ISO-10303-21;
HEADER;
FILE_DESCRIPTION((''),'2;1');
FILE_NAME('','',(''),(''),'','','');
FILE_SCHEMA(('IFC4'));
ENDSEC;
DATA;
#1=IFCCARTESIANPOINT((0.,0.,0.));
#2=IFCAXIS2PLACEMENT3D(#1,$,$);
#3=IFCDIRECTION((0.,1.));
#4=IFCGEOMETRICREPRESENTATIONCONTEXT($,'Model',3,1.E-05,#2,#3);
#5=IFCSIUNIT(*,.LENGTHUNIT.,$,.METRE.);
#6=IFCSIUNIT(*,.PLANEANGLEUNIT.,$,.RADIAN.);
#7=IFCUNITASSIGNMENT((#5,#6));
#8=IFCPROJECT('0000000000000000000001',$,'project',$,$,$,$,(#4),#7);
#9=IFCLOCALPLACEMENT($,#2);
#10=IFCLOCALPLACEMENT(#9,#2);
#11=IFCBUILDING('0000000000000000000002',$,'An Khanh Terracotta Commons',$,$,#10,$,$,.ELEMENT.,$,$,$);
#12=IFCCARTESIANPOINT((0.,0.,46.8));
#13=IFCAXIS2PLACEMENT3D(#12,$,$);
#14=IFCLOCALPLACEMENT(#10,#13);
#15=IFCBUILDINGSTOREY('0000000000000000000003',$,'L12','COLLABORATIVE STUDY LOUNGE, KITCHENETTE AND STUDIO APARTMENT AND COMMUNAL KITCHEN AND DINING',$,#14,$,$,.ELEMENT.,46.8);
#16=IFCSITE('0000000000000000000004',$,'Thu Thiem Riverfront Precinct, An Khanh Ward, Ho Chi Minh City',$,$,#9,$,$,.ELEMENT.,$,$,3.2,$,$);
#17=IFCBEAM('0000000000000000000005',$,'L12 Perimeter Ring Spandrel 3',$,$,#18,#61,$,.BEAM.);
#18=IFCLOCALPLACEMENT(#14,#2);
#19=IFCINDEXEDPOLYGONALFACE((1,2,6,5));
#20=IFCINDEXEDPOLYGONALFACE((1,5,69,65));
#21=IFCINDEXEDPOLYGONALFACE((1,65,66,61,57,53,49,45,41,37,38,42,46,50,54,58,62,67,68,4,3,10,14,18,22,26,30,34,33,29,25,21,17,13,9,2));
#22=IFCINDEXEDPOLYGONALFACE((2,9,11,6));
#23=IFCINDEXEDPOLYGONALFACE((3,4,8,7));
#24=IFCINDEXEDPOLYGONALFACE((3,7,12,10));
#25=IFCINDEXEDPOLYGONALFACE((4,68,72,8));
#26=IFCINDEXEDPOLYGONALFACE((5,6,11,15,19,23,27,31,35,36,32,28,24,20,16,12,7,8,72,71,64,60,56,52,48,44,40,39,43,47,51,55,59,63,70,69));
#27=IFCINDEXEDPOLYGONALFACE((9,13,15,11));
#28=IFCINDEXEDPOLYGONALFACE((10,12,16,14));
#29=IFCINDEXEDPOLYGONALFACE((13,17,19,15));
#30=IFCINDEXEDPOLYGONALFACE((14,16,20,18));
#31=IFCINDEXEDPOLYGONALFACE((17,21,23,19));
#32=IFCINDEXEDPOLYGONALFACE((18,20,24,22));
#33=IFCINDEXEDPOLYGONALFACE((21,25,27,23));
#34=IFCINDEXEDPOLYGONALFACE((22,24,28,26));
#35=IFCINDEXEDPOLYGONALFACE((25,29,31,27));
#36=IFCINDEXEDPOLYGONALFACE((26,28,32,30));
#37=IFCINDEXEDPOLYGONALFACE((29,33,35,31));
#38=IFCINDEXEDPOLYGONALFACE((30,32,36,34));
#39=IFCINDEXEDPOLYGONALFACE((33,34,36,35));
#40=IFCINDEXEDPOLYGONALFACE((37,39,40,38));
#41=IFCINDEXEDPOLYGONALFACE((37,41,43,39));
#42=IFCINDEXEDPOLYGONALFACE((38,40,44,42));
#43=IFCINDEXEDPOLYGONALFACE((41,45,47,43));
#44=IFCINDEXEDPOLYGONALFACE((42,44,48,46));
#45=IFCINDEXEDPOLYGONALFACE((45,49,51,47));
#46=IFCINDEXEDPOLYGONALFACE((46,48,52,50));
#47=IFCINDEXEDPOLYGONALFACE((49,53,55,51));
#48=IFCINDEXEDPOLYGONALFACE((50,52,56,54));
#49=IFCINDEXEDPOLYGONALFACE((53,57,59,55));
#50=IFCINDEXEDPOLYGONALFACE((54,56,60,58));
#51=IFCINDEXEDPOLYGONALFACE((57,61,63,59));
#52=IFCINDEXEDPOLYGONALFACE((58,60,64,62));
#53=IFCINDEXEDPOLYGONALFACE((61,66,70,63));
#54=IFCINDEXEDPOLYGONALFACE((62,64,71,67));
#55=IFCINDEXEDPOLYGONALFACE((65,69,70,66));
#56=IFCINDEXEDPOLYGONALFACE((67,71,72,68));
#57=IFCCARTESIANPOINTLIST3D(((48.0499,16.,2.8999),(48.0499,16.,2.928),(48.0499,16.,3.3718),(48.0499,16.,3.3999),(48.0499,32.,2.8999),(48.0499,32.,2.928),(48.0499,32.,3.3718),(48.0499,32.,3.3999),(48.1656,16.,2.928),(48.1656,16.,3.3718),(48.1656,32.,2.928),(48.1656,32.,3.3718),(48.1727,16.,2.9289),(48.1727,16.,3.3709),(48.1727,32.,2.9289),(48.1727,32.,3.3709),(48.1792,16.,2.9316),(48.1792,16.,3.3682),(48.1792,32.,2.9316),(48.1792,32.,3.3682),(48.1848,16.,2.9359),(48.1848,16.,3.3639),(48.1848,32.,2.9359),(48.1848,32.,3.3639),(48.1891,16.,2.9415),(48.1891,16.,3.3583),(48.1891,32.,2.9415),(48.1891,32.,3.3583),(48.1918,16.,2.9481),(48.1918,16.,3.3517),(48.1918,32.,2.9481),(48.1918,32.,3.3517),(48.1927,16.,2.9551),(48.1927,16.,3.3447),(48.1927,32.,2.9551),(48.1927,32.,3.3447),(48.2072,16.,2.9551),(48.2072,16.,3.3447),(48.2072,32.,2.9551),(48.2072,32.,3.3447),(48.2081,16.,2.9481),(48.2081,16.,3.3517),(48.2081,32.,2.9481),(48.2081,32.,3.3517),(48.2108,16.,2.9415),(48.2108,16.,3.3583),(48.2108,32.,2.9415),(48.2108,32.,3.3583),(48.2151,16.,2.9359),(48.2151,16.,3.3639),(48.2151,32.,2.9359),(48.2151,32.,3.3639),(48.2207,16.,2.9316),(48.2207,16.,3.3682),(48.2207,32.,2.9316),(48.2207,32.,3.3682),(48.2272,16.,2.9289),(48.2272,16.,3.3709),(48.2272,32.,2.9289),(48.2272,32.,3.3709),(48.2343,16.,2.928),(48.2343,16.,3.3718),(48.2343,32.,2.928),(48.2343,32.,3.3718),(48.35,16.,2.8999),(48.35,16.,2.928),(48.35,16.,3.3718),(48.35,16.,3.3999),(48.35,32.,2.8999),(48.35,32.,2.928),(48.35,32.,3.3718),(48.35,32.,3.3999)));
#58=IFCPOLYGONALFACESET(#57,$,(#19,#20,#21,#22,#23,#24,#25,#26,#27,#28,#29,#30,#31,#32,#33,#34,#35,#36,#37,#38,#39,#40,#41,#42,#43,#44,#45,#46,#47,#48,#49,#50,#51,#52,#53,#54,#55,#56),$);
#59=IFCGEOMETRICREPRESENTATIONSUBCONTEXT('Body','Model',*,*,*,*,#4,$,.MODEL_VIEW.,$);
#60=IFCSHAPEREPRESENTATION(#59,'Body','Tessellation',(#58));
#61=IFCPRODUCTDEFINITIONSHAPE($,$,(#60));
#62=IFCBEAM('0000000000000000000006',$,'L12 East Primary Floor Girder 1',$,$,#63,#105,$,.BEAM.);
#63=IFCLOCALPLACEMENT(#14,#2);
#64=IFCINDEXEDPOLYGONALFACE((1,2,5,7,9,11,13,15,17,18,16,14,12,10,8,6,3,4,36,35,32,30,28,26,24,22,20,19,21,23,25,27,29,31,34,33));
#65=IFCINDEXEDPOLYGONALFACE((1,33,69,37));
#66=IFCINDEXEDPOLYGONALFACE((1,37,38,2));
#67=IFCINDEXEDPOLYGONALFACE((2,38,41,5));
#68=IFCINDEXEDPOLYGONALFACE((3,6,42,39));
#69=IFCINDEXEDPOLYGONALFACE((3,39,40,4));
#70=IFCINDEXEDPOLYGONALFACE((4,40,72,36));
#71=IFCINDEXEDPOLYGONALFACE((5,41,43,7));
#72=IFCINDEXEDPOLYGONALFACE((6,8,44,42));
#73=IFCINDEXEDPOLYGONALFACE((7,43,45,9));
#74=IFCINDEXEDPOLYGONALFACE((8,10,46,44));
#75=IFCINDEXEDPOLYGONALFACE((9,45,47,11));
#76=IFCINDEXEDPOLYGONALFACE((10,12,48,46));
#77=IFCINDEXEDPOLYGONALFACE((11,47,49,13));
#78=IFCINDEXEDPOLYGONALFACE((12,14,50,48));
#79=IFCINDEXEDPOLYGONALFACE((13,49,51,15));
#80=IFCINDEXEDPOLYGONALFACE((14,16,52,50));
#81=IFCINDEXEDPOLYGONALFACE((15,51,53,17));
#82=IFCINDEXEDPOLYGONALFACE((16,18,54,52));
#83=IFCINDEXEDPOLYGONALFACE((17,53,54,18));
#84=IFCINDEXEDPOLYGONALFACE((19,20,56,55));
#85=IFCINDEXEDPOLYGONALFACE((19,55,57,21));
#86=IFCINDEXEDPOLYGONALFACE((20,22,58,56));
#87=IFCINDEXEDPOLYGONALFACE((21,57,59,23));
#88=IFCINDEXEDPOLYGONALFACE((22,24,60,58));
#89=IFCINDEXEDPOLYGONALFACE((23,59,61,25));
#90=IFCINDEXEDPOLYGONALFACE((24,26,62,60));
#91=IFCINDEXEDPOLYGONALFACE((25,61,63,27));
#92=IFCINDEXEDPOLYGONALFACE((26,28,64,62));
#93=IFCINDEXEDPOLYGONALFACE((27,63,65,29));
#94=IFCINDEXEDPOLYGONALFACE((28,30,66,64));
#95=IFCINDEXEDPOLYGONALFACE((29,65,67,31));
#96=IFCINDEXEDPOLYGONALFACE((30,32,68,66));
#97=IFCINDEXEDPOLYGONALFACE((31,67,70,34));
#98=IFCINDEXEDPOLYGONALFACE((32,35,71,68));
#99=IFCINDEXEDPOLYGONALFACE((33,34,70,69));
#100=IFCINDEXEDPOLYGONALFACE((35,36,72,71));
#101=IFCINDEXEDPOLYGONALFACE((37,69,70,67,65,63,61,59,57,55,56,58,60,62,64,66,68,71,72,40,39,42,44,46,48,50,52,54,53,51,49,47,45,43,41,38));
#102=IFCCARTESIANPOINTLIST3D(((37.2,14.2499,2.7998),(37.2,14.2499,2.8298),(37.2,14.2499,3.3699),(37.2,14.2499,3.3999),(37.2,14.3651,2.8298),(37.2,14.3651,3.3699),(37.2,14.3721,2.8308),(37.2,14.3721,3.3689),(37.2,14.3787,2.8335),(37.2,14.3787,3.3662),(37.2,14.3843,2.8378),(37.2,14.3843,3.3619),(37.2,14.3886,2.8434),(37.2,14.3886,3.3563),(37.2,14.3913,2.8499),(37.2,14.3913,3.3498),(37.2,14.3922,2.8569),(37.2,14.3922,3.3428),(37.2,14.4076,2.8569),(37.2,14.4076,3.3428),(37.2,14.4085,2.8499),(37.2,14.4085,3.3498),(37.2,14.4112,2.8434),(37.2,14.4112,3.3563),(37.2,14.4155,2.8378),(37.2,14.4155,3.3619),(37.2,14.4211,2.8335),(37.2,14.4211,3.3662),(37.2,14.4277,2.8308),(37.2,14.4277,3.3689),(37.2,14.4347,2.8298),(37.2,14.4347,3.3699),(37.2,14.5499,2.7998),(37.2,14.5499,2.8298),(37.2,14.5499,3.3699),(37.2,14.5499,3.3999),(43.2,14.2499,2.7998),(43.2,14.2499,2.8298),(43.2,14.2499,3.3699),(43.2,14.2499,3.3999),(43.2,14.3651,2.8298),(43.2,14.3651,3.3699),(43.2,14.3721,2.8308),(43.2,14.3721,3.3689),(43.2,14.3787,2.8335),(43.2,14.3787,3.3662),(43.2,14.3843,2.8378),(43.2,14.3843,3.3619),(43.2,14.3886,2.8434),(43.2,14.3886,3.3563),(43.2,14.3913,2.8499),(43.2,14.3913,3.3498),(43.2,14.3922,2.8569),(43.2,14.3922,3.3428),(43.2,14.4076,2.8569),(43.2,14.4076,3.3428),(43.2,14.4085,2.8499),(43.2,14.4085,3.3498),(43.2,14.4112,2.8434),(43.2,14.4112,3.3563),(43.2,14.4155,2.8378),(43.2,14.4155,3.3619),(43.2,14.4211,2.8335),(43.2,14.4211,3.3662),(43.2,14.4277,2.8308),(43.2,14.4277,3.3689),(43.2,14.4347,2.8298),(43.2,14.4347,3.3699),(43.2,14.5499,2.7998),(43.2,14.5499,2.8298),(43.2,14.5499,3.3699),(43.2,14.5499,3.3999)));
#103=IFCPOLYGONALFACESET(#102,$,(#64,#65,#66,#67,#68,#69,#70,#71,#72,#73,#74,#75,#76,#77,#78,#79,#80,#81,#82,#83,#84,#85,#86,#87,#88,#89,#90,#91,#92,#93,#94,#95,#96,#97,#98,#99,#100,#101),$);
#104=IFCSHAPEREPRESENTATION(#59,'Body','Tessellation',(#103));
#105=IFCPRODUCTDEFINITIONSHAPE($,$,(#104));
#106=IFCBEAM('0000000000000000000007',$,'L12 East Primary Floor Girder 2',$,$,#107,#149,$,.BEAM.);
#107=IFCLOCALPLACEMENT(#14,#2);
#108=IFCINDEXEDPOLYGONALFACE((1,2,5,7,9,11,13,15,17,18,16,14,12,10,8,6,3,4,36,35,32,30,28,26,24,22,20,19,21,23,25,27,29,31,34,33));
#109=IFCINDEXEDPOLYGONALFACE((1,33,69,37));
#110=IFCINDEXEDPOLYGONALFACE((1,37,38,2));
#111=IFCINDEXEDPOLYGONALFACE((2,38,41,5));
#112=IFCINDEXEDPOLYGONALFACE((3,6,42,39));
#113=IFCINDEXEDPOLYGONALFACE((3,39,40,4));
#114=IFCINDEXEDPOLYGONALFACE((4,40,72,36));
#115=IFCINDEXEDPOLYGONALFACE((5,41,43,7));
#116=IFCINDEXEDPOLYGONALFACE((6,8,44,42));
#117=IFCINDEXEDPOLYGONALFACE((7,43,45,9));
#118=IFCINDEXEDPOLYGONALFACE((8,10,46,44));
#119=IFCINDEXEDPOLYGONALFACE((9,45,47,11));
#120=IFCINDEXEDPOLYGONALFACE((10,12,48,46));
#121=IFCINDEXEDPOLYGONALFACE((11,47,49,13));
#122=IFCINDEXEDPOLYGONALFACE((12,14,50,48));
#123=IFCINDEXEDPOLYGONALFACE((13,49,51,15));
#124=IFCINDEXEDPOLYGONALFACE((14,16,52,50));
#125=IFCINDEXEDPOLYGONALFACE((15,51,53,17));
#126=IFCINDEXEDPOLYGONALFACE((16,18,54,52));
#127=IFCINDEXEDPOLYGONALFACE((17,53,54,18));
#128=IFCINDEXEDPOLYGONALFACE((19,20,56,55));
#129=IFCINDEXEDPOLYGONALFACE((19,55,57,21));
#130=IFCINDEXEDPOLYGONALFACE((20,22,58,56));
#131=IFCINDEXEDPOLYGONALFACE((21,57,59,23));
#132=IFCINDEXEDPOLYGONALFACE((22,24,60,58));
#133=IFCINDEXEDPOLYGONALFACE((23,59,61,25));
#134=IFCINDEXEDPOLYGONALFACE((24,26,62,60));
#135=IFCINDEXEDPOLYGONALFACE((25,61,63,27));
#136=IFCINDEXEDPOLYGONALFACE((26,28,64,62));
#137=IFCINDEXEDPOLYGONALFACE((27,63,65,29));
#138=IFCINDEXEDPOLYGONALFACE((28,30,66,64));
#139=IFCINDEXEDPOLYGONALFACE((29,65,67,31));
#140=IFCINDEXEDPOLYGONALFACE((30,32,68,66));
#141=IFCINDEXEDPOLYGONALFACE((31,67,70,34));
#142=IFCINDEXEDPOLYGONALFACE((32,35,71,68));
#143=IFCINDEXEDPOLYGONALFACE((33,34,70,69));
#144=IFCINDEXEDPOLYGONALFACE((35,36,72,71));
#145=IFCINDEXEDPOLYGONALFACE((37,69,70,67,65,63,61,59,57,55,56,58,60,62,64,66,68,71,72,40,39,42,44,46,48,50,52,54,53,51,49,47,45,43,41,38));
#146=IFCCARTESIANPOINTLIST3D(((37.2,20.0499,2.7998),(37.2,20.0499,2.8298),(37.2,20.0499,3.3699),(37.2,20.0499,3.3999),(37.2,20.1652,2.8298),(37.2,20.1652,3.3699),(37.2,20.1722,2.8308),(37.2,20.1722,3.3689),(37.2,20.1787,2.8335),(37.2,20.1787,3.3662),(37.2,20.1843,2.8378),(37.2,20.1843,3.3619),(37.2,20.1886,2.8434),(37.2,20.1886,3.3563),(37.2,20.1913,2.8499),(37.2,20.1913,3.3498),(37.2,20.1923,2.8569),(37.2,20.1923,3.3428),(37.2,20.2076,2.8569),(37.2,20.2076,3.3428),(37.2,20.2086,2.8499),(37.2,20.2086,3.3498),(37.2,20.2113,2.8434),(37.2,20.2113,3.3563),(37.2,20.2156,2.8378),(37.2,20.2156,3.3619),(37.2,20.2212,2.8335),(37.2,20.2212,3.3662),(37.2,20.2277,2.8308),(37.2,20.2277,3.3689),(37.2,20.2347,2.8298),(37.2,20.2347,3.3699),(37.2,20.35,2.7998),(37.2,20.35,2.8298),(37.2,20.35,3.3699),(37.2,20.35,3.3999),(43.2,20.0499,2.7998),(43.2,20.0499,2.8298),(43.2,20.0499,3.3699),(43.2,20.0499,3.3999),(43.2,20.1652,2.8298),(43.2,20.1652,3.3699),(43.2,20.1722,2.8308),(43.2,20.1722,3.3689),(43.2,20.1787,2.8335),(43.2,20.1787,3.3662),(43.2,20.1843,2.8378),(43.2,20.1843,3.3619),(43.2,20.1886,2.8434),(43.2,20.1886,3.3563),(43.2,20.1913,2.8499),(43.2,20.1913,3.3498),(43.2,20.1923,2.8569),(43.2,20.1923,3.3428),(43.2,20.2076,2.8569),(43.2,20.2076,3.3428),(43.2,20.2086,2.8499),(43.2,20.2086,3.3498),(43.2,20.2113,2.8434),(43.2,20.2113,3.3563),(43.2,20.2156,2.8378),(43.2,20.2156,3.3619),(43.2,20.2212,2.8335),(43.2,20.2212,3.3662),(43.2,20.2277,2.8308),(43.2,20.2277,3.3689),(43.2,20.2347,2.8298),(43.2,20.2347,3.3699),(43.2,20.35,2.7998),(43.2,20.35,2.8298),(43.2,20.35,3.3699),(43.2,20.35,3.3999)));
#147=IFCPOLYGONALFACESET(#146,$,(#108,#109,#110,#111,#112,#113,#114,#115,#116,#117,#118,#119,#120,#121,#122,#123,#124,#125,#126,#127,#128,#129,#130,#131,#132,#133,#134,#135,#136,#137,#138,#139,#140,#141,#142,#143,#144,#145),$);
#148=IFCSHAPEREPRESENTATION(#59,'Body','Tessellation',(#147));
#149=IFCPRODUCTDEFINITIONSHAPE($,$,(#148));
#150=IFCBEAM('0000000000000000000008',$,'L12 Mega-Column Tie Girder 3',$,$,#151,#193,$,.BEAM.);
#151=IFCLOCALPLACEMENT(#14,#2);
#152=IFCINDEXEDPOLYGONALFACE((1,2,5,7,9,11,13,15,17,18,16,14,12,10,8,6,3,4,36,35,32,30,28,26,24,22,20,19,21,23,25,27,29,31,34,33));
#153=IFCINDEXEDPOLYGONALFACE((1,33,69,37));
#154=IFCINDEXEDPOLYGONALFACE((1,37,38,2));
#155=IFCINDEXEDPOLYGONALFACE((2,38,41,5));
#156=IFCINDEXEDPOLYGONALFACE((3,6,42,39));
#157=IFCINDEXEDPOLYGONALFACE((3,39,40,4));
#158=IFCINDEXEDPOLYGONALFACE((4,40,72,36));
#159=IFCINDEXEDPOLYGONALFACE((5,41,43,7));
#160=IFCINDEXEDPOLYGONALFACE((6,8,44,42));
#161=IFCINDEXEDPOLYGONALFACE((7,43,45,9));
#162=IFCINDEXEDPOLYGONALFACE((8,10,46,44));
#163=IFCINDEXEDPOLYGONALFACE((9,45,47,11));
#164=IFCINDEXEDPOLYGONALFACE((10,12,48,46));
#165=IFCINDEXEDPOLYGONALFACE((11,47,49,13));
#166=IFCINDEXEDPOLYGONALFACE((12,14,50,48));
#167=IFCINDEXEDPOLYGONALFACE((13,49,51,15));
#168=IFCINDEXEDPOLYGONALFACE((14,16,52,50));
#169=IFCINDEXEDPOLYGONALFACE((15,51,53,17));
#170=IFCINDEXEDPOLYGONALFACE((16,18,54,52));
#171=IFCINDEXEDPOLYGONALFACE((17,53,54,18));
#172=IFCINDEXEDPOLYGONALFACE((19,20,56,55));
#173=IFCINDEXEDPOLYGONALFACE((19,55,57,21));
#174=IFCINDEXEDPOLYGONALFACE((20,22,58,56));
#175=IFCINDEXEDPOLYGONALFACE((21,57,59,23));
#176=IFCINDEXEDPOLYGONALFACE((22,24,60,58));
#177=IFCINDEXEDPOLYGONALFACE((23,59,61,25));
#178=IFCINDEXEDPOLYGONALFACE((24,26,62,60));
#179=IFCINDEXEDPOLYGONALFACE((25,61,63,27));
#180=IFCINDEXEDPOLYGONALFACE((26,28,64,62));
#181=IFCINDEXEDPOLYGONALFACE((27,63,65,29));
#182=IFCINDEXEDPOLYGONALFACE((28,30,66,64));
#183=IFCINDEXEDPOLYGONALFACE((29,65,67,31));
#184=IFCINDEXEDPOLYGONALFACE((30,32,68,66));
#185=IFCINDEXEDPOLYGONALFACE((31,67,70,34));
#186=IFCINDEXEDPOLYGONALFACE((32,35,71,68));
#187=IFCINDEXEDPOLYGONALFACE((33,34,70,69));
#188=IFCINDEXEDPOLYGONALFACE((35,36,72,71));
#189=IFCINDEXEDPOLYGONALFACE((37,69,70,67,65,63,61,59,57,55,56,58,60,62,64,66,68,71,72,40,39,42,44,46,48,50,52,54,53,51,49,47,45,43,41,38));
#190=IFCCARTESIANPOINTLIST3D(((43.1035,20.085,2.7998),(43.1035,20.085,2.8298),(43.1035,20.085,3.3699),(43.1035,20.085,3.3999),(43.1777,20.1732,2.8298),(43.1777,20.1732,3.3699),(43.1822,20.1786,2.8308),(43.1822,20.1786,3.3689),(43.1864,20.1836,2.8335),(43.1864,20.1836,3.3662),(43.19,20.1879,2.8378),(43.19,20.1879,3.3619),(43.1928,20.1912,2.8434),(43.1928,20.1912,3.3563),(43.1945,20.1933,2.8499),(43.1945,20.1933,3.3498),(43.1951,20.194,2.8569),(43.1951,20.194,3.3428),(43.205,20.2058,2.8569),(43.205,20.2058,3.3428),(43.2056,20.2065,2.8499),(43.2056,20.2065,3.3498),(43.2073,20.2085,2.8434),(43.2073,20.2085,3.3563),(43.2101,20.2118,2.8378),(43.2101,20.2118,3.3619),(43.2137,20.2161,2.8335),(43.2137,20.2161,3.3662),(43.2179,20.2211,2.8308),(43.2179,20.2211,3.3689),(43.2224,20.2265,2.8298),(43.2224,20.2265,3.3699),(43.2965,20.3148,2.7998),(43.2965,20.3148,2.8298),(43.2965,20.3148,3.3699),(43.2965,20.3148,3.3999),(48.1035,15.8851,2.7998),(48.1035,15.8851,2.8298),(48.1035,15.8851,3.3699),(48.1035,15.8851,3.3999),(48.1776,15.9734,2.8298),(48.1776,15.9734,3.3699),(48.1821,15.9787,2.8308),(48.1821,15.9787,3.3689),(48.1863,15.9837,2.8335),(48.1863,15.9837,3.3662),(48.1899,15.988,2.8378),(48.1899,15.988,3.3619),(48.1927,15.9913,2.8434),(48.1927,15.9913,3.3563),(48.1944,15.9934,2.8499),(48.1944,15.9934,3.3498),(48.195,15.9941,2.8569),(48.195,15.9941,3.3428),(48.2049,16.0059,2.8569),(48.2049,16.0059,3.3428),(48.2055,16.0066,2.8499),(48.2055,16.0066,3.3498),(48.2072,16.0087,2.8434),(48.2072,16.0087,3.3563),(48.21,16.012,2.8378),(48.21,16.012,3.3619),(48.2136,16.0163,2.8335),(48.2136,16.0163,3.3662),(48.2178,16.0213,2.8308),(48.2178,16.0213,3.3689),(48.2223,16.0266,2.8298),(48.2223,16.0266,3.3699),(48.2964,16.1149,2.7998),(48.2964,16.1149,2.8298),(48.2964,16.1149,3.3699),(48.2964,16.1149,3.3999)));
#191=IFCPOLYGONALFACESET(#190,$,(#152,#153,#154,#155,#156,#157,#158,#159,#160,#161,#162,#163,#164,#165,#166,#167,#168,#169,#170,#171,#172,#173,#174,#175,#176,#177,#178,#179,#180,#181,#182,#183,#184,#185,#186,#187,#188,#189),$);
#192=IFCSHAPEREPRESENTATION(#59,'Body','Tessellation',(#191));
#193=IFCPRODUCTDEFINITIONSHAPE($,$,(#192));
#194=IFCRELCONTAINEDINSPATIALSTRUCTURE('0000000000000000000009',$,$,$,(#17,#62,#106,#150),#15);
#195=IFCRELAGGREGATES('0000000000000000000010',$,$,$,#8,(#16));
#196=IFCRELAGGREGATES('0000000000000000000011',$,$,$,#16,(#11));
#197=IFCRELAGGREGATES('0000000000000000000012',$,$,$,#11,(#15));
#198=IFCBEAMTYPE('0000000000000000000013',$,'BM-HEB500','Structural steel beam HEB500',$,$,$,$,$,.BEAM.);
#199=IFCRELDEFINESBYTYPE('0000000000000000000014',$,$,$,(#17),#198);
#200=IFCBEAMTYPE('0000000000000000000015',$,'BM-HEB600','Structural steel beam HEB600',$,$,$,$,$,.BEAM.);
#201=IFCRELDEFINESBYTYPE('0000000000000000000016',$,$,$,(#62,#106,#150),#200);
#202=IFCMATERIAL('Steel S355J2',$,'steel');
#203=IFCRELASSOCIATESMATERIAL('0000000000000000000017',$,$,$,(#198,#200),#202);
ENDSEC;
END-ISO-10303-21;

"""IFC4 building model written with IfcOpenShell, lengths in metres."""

from ifc_helpers import new_model, si_unit, direction, frame, origin, origin_2d, place, context, subcontext, project, spatial, i_section, extrude, material, material_profile, profile_set, type_object, element, save


model = new_model("IFC4")

# Units and contexts
model_context = context("Model", 3, precision=1e-05, world=origin(), true_north=direction((0.0, 1.0)))
body_context = subcontext(model_context, "Body", "Model", "MODEL_VIEW")
ifc_project = project(units=[si_unit("LENGTHUNIT", "METRE"), si_unit("PLANEANGLEUNIT", "RADIAN")], contexts=[model_context])

# Site, building, storey
site_placement = place(None, origin())
site = spatial("IfcSite", under=ifc_project, at=site_placement, Name="Thu Thiem Riverfront Precinct, An Khanh Ward, Ho Chi Minh City", CompositionType="ELEMENT", RefElevation=3.2)
building_placement = place(site_placement, origin())
building = spatial("IfcBuilding", under=site, at=building_placement, Name="An Khanh Terracotta Commons", CompositionType="ELEMENT")
storey_placement = place(building_placement, frame((0.0, 0.0, 46.8)))
storey = spatial("IfcBuildingStorey", under=building, at=storey_placement, Name="L12", Description="COLLABORATIVE STUDY LOUNGE, KITCHENETTE AND STUDIO APARTMENT AND COMMUNAL KITCHEN AND DINING", CompositionType="ELEMENT", Elevation=46.8)

# Beams
ifc_material_1 = material(Name="Steel S355J2", Category="steel")
ifc_material_profile_1 = material_profile(ifc_material_1, i_section(OverallWidth=0.3, OverallDepth=0.5, WebThickness=0.0144, FlangeThickness=0.0281, FilletRadius=0.0271, at=origin_2d()), Name="HEB500")
ifc_profile_set_1 = profile_set([ifc_material_profile_1], Name="Steel S355J2")
beam_type_1 = type_object("IfcBeamType", Name="BM-HEB500", Description="Structural steel beam HEB500", PredefinedType="BEAM", material=ifc_profile_set_1)
beam_1_placement = place(storey_placement, frame((48.2, 16.0, 3.1499), z_axis=(0.0, 1.0, 0.0), x_axis=(-1.0, 0.0, 0.0)))
element("IfcBeam", 1, at=beam_1_placement, inside=storey, type_object=beam_type_1, Name="L12 Perimeter Ring Spandrel 3", PredefinedType="BEAM", context=body_context, shape_type="SweptSolid", body=[
    extrude(i_section(OverallWidth=0.3, OverallDepth=0.5, WebThickness=0.0144, FlangeThickness=0.0281, FilletRadius=0.0271, at=origin_2d()), origin(), (0.0, 0.0, 1.0), 16.0),
])
ifc_material_profile_2 = material_profile(ifc_material_1, i_section(OverallWidth=0.3, OverallDepth=0.6001, WebThickness=0.0154, FlangeThickness=0.03, FilletRadius=0.0271, at=origin_2d()), Name="HEB600")
ifc_profile_set_2 = profile_set([ifc_material_profile_2], Name="Steel S355J2")
beam_type_2 = type_object("IfcBeamType", Name="BM-HEB600", Description="Structural steel beam HEB600", PredefinedType="BEAM", material=ifc_profile_set_2)
for number, where, z_axis, x_axis, name in (
    (2, (37.2, 14.3999, 3.0999), (1.0, 0.0, 0.0), (0.0, 1.0, 0.0), "L12 East Primary Floor Girder 1"),
    (3, (37.2, 20.2, 3.0999), (1.0, 0.0, 0.0), (0.0, 1.0, 0.0), "L12 East Primary Floor Girder 2"),
):
    element("IfcBeam", number, at=place(storey_placement, frame(where, z_axis=z_axis, x_axis=x_axis)), inside=storey, type_object=beam_type_2, Name=name, PredefinedType="BEAM", context=body_context, shape_type="SweptSolid", body=[
        extrude(i_section(OverallWidth=0.3, OverallDepth=0.6001, WebThickness=0.0154, FlangeThickness=0.03, FilletRadius=0.0271, at=origin_2d()), origin(), (0.0, 0.0, 1.0), 6.0),
    ])
beam_2_placement = place(storey_placement, frame((48.2, 16.0, 3.0999), z_axis=(-0.765709, 0.643188, 0.0), x_axis=(-0.643188, -0.765709, 0.0)))
element("IfcBeam", 4, at=beam_2_placement, inside=storey, type_object=beam_type_2, Name="L12 Mega-Column Tie Girder 3", PredefinedType="BEAM", context=body_context, shape_type="SweptSolid", body=[
    extrude(i_section(OverallWidth=0.3, OverallDepth=0.6001, WebThickness=0.0154, FlangeThickness=0.03, FilletRadius=0.0271, at=origin_2d()), origin(), (0.0, 0.0, 1.0), 6.5298),
])

save(model, "model.ifc")
